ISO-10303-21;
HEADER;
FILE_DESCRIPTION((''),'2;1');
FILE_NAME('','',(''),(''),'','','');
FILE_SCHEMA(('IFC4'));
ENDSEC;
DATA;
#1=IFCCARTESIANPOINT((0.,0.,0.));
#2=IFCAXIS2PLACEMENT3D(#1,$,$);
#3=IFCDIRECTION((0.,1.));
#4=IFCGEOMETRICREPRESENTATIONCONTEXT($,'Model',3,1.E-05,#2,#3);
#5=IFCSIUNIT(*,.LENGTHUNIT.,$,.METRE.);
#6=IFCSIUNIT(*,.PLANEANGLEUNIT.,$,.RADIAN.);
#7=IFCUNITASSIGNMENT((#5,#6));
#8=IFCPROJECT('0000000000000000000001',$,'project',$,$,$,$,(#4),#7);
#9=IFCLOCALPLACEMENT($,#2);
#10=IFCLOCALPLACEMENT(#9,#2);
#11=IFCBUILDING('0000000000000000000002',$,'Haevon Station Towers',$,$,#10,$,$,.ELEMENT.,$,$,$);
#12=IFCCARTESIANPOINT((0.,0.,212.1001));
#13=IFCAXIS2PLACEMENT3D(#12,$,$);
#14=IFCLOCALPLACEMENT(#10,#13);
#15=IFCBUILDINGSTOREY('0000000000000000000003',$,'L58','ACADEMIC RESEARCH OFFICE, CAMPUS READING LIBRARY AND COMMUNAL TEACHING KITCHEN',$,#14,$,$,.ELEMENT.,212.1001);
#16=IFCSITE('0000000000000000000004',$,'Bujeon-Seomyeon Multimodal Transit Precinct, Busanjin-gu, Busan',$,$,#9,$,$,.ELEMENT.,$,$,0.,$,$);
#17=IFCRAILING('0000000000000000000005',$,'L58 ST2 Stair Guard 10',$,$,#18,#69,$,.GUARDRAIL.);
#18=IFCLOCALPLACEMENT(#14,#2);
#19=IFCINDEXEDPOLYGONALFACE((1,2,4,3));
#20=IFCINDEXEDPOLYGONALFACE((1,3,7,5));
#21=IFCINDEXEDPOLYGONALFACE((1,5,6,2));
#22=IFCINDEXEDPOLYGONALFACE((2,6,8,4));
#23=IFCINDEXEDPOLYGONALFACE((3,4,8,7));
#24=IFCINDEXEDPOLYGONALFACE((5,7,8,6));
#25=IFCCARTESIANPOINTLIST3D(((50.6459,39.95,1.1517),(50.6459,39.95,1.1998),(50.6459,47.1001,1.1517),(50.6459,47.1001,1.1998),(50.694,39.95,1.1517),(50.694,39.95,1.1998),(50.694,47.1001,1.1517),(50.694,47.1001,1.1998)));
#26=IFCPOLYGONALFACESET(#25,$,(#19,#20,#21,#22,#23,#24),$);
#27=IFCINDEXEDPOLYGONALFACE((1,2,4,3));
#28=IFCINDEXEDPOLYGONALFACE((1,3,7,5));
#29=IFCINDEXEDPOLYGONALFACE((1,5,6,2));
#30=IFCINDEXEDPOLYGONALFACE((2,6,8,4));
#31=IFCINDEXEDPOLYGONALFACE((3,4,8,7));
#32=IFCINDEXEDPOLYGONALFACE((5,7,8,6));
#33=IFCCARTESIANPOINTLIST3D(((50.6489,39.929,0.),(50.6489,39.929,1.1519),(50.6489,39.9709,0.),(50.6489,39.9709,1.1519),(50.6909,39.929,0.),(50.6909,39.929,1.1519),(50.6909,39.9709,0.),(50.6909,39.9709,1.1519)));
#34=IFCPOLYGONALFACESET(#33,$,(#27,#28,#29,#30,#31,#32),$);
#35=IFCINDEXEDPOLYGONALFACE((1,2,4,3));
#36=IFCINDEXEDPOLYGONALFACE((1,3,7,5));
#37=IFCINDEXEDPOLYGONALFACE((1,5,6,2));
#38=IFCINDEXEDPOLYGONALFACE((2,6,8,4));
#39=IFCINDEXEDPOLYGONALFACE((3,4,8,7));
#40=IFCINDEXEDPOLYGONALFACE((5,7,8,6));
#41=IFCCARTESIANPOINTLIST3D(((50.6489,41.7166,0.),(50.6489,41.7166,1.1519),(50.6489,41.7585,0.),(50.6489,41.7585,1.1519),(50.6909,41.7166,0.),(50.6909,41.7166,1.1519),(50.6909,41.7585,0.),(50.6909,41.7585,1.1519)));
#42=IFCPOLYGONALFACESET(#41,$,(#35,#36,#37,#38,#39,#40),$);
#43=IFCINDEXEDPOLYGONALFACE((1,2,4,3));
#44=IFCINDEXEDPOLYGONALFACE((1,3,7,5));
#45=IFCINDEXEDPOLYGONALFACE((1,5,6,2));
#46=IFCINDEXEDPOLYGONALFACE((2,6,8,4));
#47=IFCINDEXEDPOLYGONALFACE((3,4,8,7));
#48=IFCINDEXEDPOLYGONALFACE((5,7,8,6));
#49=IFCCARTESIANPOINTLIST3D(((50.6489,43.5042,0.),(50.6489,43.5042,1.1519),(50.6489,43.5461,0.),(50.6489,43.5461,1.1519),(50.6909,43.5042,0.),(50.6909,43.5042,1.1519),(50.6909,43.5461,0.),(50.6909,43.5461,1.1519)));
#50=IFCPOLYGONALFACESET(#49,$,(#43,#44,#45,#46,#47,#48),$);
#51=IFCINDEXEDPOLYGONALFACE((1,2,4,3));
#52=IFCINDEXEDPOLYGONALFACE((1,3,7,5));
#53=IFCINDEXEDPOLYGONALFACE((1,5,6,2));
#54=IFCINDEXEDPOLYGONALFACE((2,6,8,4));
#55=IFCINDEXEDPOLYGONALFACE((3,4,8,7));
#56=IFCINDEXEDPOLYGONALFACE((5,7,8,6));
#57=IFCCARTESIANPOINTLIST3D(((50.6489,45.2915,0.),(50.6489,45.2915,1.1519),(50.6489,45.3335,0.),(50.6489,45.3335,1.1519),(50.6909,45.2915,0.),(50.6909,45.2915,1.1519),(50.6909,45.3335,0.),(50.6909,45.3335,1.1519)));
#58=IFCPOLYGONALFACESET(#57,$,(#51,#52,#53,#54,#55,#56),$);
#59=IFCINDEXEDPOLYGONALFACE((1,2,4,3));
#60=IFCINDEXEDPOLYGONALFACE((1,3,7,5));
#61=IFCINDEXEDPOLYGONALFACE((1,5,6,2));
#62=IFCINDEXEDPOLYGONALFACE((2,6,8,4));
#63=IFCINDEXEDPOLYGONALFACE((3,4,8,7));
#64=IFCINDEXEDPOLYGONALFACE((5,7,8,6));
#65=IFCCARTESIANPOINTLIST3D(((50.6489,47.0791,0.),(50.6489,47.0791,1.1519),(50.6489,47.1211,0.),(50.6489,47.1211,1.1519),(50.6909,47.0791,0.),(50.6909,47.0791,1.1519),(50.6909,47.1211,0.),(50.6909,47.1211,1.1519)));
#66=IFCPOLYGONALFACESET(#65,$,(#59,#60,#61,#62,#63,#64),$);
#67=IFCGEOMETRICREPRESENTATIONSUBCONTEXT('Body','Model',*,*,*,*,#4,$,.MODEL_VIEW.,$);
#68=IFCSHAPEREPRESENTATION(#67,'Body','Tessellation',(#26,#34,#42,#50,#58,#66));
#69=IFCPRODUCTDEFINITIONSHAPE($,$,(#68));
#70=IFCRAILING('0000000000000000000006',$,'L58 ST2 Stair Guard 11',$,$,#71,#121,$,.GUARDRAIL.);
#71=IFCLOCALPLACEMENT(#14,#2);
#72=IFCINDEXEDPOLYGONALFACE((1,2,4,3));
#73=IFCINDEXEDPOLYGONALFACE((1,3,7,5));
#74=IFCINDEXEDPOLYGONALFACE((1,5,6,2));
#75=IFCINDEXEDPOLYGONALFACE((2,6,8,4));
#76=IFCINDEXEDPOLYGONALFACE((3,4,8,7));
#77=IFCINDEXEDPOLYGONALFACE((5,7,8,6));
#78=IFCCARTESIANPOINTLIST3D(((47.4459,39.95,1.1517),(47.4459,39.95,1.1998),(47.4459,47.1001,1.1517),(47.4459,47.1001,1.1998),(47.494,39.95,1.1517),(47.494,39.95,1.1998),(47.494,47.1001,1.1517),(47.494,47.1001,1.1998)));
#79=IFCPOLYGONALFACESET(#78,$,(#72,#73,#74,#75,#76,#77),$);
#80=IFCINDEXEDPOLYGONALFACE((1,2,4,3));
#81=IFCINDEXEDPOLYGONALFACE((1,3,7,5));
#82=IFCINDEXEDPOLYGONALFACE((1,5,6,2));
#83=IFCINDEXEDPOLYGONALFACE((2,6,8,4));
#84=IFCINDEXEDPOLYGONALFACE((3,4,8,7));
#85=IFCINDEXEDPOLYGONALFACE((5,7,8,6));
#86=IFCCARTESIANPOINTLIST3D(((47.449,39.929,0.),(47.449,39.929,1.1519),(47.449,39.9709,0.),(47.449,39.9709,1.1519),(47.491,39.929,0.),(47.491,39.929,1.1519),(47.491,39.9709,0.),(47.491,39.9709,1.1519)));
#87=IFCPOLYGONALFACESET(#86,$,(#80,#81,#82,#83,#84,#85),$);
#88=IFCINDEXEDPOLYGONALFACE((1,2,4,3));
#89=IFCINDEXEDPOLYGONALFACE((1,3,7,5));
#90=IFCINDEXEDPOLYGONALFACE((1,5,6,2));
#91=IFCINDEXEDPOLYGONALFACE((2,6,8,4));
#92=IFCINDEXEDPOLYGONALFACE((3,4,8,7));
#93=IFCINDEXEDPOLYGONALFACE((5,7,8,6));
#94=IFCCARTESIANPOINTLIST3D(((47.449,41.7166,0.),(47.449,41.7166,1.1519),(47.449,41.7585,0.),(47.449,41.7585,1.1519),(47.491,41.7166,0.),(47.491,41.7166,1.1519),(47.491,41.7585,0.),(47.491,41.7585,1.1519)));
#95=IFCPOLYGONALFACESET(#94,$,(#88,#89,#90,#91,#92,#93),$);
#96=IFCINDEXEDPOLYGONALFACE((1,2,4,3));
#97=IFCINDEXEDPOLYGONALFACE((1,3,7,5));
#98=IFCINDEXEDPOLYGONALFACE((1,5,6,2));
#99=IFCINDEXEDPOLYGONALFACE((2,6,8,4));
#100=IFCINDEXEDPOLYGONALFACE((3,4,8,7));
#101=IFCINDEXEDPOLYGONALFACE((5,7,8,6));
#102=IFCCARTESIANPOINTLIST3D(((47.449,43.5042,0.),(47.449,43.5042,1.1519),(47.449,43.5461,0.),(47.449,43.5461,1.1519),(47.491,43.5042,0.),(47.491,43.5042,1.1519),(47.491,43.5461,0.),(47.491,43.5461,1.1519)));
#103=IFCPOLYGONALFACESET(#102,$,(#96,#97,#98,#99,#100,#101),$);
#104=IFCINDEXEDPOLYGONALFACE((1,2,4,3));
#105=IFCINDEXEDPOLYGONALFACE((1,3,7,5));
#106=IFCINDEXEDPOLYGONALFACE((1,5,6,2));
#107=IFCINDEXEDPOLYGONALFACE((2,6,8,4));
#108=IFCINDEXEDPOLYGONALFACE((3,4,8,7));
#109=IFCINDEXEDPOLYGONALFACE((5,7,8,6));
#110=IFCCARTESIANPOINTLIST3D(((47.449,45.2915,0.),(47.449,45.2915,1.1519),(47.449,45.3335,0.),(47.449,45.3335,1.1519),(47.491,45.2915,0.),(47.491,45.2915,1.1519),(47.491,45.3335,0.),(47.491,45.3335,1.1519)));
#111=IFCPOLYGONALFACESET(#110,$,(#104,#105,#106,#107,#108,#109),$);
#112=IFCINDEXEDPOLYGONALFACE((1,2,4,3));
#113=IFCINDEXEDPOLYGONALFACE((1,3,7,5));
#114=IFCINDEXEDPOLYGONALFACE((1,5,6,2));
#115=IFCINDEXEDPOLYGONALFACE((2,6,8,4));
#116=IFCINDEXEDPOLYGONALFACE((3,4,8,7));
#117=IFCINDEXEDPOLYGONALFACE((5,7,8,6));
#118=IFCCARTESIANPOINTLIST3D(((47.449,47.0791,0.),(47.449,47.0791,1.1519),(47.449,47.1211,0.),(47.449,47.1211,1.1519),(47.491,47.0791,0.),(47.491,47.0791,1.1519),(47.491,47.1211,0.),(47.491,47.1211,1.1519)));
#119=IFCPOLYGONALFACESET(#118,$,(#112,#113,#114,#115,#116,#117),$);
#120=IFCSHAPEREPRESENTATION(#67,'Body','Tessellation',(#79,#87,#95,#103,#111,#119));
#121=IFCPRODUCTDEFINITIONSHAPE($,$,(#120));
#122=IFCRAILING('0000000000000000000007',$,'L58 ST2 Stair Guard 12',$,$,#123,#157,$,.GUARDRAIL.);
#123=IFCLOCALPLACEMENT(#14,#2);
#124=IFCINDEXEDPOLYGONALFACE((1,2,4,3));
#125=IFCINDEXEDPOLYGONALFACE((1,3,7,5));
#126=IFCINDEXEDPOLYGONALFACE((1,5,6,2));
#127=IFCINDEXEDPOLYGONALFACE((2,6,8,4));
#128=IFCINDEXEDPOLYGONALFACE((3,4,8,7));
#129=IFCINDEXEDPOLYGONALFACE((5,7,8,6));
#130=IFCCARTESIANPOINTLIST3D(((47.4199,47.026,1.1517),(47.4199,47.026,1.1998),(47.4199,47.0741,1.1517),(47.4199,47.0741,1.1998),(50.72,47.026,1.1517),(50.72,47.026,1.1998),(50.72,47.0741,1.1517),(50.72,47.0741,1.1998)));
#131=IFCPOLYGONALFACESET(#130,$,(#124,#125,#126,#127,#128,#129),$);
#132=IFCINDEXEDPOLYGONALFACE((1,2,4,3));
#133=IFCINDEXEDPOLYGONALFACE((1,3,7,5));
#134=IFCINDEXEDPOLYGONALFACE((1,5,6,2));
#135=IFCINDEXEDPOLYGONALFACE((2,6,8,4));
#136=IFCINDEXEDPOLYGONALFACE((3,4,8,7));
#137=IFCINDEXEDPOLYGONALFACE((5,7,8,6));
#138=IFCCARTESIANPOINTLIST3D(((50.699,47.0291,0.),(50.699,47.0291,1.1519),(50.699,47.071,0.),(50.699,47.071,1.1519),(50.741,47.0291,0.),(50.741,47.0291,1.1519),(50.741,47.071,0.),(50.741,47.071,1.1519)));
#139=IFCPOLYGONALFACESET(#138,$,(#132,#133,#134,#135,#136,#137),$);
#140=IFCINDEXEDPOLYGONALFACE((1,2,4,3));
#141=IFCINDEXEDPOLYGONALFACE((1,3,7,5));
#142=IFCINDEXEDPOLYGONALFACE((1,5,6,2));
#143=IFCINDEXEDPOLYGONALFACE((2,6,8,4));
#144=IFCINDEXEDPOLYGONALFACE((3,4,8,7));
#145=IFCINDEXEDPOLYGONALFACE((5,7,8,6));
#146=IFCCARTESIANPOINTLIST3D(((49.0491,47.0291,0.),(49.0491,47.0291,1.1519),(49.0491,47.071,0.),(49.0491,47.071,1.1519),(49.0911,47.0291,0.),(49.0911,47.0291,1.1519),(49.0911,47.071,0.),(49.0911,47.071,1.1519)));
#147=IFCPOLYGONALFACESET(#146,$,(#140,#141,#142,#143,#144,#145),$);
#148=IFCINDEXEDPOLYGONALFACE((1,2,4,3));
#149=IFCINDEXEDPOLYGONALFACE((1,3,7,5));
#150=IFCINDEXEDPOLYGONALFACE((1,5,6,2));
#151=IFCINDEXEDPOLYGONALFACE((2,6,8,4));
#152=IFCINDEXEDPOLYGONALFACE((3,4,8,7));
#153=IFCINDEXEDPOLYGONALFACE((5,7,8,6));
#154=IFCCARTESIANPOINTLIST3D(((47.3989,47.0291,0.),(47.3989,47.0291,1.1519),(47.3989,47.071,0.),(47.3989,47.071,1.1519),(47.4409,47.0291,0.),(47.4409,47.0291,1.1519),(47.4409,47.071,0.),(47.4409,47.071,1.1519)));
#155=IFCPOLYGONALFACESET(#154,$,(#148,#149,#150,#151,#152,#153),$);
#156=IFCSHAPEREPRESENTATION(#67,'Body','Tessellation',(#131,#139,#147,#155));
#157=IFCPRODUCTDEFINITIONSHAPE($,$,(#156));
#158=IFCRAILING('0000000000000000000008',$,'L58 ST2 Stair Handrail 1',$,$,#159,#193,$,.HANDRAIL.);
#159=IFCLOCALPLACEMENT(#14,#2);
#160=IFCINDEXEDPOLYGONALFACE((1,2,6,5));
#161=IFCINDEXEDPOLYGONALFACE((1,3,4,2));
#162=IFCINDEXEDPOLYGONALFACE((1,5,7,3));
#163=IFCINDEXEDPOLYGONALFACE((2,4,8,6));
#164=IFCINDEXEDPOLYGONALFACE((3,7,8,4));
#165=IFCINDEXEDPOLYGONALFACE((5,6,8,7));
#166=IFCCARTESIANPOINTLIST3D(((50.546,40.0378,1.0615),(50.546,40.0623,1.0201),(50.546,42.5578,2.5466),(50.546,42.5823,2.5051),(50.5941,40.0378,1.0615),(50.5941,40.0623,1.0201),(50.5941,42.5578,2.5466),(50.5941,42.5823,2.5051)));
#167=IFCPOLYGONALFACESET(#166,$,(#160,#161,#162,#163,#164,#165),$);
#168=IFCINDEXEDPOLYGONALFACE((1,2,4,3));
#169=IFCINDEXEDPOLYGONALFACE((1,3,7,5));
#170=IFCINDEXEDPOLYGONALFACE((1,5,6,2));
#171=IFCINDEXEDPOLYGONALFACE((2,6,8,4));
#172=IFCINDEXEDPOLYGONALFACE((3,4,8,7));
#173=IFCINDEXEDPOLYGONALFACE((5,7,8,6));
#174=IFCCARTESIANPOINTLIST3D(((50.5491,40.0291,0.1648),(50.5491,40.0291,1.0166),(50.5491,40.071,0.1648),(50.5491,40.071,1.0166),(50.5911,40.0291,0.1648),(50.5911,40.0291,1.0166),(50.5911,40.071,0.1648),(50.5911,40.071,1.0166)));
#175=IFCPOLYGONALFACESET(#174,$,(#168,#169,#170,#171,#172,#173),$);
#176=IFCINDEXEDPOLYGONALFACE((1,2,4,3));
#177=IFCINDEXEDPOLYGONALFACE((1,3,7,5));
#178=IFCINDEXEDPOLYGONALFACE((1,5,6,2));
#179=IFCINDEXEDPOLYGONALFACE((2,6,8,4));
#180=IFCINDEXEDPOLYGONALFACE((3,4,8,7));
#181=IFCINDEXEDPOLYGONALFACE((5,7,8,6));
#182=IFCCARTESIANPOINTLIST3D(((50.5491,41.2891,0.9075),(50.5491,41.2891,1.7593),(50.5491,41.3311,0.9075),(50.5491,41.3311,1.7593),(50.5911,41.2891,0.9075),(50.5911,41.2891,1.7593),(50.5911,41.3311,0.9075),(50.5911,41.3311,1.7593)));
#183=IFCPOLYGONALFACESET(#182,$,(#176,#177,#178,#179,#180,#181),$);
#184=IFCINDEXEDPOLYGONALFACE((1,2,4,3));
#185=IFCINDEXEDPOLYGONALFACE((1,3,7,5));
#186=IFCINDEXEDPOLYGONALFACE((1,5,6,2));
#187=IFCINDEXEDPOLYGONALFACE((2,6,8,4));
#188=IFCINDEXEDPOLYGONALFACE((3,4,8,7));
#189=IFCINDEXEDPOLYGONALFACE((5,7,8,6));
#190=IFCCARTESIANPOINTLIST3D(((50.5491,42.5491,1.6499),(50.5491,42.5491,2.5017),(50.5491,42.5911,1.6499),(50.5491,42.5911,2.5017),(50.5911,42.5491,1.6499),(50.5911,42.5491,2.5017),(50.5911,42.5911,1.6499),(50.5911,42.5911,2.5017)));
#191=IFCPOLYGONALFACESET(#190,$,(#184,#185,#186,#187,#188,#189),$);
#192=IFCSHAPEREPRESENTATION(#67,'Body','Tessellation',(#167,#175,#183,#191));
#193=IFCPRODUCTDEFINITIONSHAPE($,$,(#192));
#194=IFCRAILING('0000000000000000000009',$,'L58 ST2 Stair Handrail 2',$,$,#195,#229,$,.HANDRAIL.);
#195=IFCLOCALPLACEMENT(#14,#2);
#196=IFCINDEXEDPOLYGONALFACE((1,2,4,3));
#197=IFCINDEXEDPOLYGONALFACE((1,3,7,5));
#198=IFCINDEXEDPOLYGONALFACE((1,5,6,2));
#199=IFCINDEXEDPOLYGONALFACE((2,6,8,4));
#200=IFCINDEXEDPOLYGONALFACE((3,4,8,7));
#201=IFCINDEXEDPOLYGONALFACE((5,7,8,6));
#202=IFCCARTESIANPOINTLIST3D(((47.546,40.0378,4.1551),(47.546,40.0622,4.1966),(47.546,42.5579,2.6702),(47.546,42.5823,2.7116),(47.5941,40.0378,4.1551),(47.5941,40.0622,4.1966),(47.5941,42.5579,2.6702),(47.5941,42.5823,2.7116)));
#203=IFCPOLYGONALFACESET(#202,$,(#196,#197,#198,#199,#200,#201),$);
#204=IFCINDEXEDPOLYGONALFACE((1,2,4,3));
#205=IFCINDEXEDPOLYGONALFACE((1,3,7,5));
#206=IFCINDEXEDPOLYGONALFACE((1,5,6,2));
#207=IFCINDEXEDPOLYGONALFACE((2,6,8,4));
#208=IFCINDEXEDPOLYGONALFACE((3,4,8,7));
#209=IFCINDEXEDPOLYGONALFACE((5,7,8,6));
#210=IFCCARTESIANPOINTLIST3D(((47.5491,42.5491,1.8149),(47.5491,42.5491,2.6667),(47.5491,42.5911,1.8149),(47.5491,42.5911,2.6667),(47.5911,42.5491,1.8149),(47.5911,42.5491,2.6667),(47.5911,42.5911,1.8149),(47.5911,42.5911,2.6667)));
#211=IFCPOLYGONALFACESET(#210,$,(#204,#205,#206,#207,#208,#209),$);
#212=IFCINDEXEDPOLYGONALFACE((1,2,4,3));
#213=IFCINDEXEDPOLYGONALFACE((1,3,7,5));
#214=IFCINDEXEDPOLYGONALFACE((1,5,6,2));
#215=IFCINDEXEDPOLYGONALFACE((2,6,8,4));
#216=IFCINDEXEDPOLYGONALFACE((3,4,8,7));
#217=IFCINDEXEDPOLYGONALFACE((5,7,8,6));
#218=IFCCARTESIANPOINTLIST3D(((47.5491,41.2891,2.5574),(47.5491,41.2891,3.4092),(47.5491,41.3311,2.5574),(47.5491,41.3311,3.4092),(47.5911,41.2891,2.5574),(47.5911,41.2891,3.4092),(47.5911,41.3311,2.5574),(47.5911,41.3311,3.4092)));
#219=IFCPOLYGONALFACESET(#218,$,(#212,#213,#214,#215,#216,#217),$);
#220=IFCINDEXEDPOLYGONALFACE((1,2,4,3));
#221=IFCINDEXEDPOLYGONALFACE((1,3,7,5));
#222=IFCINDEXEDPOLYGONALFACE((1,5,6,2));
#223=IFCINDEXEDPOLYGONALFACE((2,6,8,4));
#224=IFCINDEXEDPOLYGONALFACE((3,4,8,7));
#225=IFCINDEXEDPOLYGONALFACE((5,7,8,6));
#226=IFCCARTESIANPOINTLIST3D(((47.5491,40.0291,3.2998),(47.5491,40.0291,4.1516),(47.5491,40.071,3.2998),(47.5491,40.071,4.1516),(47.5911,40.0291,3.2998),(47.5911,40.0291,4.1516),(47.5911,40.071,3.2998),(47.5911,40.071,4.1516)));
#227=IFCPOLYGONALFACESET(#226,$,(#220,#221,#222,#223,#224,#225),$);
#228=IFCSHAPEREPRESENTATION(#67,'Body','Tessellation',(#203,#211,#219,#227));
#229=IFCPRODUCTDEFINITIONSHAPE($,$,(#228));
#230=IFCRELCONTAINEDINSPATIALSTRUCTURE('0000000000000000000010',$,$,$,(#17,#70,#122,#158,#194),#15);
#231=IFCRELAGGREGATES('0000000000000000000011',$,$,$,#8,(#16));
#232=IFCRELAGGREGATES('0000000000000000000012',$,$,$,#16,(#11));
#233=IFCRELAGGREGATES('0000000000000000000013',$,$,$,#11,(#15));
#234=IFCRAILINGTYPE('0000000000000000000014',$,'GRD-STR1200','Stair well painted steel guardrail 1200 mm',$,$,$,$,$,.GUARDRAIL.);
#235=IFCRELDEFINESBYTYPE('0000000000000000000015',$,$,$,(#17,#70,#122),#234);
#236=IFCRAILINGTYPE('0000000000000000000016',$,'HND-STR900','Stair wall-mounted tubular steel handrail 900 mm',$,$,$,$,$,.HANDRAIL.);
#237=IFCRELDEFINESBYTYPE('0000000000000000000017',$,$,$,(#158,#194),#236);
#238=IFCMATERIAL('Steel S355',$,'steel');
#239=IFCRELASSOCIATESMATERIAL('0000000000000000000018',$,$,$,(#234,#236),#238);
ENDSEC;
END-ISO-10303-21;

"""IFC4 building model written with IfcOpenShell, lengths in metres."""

from ifc_helpers import new_model, si_unit, direction, frame, origin, origin_2d, place, context, subcontext, project, spatial, rectangle, extrude, material, type_object, element, save


model = new_model("IFC4")

# Units and contexts
model_context = context("Model", 3, precision=1e-05, world=origin(), true_north=direction((0.0, 1.0)))
body_context = subcontext(model_context, "Body", "Model", "MODEL_VIEW")
ifc_project = project(units=[si_unit("LENGTHUNIT", "METRE"), si_unit("PLANEANGLEUNIT", "RADIAN")], contexts=[model_context])

# Site, building, storey
site_placement = place(None, origin())
site = spatial("IfcSite", under=ifc_project, at=site_placement, Name="Bujeon-Seomyeon Multimodal Transit Precinct, Busanjin-gu, Busan", CompositionType="ELEMENT", RefElevation=0.0)
building_placement = place(site_placement, origin())
building = spatial("IfcBuilding", under=site, at=building_placement, Name="Haevon Station Towers", CompositionType="ELEMENT")
storey_placement = place(building_placement, frame((0.0, 0.0, 212.1001)))
storey = spatial("IfcBuildingStorey", under=building, at=storey_placement, Name="L58", Description="ACADEMIC RESEARCH OFFICE, CAMPUS READING LIBRARY AND COMMUNAL TEACHING KITCHEN", CompositionType="ELEMENT", Elevation=212.1001)

# Shared definitions
ifc_material_1 = material(Name="Steel S355", Category="steel")

# Railings
railing_type_1 = type_object("IfcRailingType", Name="GRD-STR1200", Description="Stair well painted steel guardrail 1200 mm", PredefinedType="GUARDRAIL", material=ifc_material_1)
for number, where, name in (
    (1, (50.6699, 39.95, 0.0), "L58 ST2 Stair Guard 10"),
    (2, (47.47, 39.95, 0.0), "L58 ST2 Stair Guard 11"),
):
    element("IfcRailing", number, at=place(storey_placement, frame(where)), inside=storey, type_object=railing_type_1, Name=name, PredefinedType="GUARDRAIL", context=body_context, shape_type="SweptSolid", body=[
        extrude(rectangle(XDim=0.0481, YDim=0.0481, at=origin_2d()), frame((0.0, 0.0, 1.1758), z_axis=(0.0, 1.0, 0.0), x_axis=(-1.0, 0.0, 0.0)), (0.0, 0.0, 1.0), 7.1501),
        extrude(rectangle(XDim=0.042, YDim=0.042, at=origin_2d()), origin(), (0.0, 0.0, 1.0), 1.1519),
        extrude(rectangle(XDim=0.042, YDim=0.042, at=origin_2d()), frame((0.0, 1.7876, 0.0)), (0.0, 0.0, 1.0), 1.1519),
        extrude(rectangle(XDim=0.042, YDim=0.042, at=origin_2d()), frame((0.0, 3.5752, 0.0)), (0.0, 0.0, 1.0), 1.1519),
        extrude(rectangle(XDim=0.042, YDim=0.042, at=origin_2d()), frame((0.0, 5.3625, 0.0)), (0.0, 0.0, 1.0), 1.1519),
        extrude(rectangle(XDim=0.042, YDim=0.042, at=origin_2d()), frame((0.0, 7.1501, 0.0)), (0.0, 0.0, 1.0), 1.1519),
    ])
railing_1_placement = place(storey_placement, frame((50.72, 47.05, 0.0)))
element("IfcRailing", 3, at=railing_1_placement, inside=storey, type_object=railing_type_1, Name="L58 ST2 Stair Guard 12", PredefinedType="GUARDRAIL", context=body_context, shape_type="SweptSolid", body=[
    extrude(rectangle(XDim=0.0481, YDim=0.0481, at=origin_2d()), frame((0.0, 0.0, 1.1758), z_axis=(-1.0, 0.0, 0.0), x_axis=(0.0, -1.0, 0.0)), (0.0, 0.0, 1.0), 3.3),
    extrude(rectangle(XDim=0.042, YDim=0.042, at=origin_2d()), origin(), (0.0, 0.0, 1.0), 1.1519),
    extrude(rectangle(XDim=0.042, YDim=0.042, at=origin_2d()), frame((-1.6499, 0.0, 0.0)), (0.0, 0.0, 1.0), 1.1519),
    extrude(rectangle(XDim=0.042, YDim=0.042, at=origin_2d()), frame((-3.3, 0.0, 0.0)), (0.0, 0.0, 1.0), 1.1519),
])
railing_type_2 = type_object("IfcRailingType", Name="HND-STR900", Description="Stair wall-mounted tubular steel handrail 900 mm", PredefinedType="HANDRAIL", material=ifc_material_1)
railing_2_placement = place(storey_placement, frame((50.5701, 40.05, 0.1648)))
element("IfcRailing", 4, at=railing_2_placement, inside=storey, type_object=railing_type_2, Name="L58 ST2 Stair Handrail 1", PredefinedType="HANDRAIL", context=body_context, shape_type="SweptSolid", body=[
    extrude(rectangle(XDim=0.0481, YDim=0.0481, at=origin_2d()), frame((0.0, 0.0, 0.876), z_axis=(0.0, 0.861524, 0.507717), x_axis=(-1.0, 0.0, 0.0)), (0.0, 0.0, 1.0), 2.925),
    extrude(rectangle(XDim=0.042, YDim=0.042, at=origin_2d()), origin(), (0.0, 0.0, 1.0), 0.8518),
    extrude(rectangle(XDim=0.042, YDim=0.042, at=origin_2d()), frame((0.0, 1.26, 0.7427)), (0.0, 0.0, 1.0), 0.8518),
    extrude(rectangle(XDim=0.042, YDim=0.042, at=origin_2d()), frame((0.0, 2.52, 1.4851)), (0.0, 0.0, 1.0), 0.8518),
])
railing_3_placement = place(storey_placement, frame((47.5701, 42.5701, 1.8149)))
element("IfcRailing", 5, at=railing_3_placement, inside=storey, type_object=railing_type_2, Name="L58 ST2 Stair Handrail 2", PredefinedType="HANDRAIL", context=body_context, shape_type="SweptSolid", body=[
    extrude(rectangle(XDim=0.0481, YDim=0.0481, at=origin_2d()), frame((0.0, 0.0, 0.876), z_axis=(0.0, -0.861561, 0.507655), x_axis=(1.0, 0.0, 0.0)), (0.0, 0.0, 1.0), 2.925),
    extrude(rectangle(XDim=0.042, YDim=0.042, at=origin_2d()), origin(), (0.0, 0.0, 1.0), 0.8518),
    extrude(rectangle(XDim=0.042, YDim=0.042, at=origin_2d()), frame((0.0, -1.26, 0.7424)), (0.0, 0.0, 1.0), 0.8518),
    extrude(rectangle(XDim=0.042, YDim=0.042, at=origin_2d()), frame((0.0, -2.52, 1.4849)), (0.0, 0.0, 1.0), 0.8518),
])

save(model, "model.ifc")
